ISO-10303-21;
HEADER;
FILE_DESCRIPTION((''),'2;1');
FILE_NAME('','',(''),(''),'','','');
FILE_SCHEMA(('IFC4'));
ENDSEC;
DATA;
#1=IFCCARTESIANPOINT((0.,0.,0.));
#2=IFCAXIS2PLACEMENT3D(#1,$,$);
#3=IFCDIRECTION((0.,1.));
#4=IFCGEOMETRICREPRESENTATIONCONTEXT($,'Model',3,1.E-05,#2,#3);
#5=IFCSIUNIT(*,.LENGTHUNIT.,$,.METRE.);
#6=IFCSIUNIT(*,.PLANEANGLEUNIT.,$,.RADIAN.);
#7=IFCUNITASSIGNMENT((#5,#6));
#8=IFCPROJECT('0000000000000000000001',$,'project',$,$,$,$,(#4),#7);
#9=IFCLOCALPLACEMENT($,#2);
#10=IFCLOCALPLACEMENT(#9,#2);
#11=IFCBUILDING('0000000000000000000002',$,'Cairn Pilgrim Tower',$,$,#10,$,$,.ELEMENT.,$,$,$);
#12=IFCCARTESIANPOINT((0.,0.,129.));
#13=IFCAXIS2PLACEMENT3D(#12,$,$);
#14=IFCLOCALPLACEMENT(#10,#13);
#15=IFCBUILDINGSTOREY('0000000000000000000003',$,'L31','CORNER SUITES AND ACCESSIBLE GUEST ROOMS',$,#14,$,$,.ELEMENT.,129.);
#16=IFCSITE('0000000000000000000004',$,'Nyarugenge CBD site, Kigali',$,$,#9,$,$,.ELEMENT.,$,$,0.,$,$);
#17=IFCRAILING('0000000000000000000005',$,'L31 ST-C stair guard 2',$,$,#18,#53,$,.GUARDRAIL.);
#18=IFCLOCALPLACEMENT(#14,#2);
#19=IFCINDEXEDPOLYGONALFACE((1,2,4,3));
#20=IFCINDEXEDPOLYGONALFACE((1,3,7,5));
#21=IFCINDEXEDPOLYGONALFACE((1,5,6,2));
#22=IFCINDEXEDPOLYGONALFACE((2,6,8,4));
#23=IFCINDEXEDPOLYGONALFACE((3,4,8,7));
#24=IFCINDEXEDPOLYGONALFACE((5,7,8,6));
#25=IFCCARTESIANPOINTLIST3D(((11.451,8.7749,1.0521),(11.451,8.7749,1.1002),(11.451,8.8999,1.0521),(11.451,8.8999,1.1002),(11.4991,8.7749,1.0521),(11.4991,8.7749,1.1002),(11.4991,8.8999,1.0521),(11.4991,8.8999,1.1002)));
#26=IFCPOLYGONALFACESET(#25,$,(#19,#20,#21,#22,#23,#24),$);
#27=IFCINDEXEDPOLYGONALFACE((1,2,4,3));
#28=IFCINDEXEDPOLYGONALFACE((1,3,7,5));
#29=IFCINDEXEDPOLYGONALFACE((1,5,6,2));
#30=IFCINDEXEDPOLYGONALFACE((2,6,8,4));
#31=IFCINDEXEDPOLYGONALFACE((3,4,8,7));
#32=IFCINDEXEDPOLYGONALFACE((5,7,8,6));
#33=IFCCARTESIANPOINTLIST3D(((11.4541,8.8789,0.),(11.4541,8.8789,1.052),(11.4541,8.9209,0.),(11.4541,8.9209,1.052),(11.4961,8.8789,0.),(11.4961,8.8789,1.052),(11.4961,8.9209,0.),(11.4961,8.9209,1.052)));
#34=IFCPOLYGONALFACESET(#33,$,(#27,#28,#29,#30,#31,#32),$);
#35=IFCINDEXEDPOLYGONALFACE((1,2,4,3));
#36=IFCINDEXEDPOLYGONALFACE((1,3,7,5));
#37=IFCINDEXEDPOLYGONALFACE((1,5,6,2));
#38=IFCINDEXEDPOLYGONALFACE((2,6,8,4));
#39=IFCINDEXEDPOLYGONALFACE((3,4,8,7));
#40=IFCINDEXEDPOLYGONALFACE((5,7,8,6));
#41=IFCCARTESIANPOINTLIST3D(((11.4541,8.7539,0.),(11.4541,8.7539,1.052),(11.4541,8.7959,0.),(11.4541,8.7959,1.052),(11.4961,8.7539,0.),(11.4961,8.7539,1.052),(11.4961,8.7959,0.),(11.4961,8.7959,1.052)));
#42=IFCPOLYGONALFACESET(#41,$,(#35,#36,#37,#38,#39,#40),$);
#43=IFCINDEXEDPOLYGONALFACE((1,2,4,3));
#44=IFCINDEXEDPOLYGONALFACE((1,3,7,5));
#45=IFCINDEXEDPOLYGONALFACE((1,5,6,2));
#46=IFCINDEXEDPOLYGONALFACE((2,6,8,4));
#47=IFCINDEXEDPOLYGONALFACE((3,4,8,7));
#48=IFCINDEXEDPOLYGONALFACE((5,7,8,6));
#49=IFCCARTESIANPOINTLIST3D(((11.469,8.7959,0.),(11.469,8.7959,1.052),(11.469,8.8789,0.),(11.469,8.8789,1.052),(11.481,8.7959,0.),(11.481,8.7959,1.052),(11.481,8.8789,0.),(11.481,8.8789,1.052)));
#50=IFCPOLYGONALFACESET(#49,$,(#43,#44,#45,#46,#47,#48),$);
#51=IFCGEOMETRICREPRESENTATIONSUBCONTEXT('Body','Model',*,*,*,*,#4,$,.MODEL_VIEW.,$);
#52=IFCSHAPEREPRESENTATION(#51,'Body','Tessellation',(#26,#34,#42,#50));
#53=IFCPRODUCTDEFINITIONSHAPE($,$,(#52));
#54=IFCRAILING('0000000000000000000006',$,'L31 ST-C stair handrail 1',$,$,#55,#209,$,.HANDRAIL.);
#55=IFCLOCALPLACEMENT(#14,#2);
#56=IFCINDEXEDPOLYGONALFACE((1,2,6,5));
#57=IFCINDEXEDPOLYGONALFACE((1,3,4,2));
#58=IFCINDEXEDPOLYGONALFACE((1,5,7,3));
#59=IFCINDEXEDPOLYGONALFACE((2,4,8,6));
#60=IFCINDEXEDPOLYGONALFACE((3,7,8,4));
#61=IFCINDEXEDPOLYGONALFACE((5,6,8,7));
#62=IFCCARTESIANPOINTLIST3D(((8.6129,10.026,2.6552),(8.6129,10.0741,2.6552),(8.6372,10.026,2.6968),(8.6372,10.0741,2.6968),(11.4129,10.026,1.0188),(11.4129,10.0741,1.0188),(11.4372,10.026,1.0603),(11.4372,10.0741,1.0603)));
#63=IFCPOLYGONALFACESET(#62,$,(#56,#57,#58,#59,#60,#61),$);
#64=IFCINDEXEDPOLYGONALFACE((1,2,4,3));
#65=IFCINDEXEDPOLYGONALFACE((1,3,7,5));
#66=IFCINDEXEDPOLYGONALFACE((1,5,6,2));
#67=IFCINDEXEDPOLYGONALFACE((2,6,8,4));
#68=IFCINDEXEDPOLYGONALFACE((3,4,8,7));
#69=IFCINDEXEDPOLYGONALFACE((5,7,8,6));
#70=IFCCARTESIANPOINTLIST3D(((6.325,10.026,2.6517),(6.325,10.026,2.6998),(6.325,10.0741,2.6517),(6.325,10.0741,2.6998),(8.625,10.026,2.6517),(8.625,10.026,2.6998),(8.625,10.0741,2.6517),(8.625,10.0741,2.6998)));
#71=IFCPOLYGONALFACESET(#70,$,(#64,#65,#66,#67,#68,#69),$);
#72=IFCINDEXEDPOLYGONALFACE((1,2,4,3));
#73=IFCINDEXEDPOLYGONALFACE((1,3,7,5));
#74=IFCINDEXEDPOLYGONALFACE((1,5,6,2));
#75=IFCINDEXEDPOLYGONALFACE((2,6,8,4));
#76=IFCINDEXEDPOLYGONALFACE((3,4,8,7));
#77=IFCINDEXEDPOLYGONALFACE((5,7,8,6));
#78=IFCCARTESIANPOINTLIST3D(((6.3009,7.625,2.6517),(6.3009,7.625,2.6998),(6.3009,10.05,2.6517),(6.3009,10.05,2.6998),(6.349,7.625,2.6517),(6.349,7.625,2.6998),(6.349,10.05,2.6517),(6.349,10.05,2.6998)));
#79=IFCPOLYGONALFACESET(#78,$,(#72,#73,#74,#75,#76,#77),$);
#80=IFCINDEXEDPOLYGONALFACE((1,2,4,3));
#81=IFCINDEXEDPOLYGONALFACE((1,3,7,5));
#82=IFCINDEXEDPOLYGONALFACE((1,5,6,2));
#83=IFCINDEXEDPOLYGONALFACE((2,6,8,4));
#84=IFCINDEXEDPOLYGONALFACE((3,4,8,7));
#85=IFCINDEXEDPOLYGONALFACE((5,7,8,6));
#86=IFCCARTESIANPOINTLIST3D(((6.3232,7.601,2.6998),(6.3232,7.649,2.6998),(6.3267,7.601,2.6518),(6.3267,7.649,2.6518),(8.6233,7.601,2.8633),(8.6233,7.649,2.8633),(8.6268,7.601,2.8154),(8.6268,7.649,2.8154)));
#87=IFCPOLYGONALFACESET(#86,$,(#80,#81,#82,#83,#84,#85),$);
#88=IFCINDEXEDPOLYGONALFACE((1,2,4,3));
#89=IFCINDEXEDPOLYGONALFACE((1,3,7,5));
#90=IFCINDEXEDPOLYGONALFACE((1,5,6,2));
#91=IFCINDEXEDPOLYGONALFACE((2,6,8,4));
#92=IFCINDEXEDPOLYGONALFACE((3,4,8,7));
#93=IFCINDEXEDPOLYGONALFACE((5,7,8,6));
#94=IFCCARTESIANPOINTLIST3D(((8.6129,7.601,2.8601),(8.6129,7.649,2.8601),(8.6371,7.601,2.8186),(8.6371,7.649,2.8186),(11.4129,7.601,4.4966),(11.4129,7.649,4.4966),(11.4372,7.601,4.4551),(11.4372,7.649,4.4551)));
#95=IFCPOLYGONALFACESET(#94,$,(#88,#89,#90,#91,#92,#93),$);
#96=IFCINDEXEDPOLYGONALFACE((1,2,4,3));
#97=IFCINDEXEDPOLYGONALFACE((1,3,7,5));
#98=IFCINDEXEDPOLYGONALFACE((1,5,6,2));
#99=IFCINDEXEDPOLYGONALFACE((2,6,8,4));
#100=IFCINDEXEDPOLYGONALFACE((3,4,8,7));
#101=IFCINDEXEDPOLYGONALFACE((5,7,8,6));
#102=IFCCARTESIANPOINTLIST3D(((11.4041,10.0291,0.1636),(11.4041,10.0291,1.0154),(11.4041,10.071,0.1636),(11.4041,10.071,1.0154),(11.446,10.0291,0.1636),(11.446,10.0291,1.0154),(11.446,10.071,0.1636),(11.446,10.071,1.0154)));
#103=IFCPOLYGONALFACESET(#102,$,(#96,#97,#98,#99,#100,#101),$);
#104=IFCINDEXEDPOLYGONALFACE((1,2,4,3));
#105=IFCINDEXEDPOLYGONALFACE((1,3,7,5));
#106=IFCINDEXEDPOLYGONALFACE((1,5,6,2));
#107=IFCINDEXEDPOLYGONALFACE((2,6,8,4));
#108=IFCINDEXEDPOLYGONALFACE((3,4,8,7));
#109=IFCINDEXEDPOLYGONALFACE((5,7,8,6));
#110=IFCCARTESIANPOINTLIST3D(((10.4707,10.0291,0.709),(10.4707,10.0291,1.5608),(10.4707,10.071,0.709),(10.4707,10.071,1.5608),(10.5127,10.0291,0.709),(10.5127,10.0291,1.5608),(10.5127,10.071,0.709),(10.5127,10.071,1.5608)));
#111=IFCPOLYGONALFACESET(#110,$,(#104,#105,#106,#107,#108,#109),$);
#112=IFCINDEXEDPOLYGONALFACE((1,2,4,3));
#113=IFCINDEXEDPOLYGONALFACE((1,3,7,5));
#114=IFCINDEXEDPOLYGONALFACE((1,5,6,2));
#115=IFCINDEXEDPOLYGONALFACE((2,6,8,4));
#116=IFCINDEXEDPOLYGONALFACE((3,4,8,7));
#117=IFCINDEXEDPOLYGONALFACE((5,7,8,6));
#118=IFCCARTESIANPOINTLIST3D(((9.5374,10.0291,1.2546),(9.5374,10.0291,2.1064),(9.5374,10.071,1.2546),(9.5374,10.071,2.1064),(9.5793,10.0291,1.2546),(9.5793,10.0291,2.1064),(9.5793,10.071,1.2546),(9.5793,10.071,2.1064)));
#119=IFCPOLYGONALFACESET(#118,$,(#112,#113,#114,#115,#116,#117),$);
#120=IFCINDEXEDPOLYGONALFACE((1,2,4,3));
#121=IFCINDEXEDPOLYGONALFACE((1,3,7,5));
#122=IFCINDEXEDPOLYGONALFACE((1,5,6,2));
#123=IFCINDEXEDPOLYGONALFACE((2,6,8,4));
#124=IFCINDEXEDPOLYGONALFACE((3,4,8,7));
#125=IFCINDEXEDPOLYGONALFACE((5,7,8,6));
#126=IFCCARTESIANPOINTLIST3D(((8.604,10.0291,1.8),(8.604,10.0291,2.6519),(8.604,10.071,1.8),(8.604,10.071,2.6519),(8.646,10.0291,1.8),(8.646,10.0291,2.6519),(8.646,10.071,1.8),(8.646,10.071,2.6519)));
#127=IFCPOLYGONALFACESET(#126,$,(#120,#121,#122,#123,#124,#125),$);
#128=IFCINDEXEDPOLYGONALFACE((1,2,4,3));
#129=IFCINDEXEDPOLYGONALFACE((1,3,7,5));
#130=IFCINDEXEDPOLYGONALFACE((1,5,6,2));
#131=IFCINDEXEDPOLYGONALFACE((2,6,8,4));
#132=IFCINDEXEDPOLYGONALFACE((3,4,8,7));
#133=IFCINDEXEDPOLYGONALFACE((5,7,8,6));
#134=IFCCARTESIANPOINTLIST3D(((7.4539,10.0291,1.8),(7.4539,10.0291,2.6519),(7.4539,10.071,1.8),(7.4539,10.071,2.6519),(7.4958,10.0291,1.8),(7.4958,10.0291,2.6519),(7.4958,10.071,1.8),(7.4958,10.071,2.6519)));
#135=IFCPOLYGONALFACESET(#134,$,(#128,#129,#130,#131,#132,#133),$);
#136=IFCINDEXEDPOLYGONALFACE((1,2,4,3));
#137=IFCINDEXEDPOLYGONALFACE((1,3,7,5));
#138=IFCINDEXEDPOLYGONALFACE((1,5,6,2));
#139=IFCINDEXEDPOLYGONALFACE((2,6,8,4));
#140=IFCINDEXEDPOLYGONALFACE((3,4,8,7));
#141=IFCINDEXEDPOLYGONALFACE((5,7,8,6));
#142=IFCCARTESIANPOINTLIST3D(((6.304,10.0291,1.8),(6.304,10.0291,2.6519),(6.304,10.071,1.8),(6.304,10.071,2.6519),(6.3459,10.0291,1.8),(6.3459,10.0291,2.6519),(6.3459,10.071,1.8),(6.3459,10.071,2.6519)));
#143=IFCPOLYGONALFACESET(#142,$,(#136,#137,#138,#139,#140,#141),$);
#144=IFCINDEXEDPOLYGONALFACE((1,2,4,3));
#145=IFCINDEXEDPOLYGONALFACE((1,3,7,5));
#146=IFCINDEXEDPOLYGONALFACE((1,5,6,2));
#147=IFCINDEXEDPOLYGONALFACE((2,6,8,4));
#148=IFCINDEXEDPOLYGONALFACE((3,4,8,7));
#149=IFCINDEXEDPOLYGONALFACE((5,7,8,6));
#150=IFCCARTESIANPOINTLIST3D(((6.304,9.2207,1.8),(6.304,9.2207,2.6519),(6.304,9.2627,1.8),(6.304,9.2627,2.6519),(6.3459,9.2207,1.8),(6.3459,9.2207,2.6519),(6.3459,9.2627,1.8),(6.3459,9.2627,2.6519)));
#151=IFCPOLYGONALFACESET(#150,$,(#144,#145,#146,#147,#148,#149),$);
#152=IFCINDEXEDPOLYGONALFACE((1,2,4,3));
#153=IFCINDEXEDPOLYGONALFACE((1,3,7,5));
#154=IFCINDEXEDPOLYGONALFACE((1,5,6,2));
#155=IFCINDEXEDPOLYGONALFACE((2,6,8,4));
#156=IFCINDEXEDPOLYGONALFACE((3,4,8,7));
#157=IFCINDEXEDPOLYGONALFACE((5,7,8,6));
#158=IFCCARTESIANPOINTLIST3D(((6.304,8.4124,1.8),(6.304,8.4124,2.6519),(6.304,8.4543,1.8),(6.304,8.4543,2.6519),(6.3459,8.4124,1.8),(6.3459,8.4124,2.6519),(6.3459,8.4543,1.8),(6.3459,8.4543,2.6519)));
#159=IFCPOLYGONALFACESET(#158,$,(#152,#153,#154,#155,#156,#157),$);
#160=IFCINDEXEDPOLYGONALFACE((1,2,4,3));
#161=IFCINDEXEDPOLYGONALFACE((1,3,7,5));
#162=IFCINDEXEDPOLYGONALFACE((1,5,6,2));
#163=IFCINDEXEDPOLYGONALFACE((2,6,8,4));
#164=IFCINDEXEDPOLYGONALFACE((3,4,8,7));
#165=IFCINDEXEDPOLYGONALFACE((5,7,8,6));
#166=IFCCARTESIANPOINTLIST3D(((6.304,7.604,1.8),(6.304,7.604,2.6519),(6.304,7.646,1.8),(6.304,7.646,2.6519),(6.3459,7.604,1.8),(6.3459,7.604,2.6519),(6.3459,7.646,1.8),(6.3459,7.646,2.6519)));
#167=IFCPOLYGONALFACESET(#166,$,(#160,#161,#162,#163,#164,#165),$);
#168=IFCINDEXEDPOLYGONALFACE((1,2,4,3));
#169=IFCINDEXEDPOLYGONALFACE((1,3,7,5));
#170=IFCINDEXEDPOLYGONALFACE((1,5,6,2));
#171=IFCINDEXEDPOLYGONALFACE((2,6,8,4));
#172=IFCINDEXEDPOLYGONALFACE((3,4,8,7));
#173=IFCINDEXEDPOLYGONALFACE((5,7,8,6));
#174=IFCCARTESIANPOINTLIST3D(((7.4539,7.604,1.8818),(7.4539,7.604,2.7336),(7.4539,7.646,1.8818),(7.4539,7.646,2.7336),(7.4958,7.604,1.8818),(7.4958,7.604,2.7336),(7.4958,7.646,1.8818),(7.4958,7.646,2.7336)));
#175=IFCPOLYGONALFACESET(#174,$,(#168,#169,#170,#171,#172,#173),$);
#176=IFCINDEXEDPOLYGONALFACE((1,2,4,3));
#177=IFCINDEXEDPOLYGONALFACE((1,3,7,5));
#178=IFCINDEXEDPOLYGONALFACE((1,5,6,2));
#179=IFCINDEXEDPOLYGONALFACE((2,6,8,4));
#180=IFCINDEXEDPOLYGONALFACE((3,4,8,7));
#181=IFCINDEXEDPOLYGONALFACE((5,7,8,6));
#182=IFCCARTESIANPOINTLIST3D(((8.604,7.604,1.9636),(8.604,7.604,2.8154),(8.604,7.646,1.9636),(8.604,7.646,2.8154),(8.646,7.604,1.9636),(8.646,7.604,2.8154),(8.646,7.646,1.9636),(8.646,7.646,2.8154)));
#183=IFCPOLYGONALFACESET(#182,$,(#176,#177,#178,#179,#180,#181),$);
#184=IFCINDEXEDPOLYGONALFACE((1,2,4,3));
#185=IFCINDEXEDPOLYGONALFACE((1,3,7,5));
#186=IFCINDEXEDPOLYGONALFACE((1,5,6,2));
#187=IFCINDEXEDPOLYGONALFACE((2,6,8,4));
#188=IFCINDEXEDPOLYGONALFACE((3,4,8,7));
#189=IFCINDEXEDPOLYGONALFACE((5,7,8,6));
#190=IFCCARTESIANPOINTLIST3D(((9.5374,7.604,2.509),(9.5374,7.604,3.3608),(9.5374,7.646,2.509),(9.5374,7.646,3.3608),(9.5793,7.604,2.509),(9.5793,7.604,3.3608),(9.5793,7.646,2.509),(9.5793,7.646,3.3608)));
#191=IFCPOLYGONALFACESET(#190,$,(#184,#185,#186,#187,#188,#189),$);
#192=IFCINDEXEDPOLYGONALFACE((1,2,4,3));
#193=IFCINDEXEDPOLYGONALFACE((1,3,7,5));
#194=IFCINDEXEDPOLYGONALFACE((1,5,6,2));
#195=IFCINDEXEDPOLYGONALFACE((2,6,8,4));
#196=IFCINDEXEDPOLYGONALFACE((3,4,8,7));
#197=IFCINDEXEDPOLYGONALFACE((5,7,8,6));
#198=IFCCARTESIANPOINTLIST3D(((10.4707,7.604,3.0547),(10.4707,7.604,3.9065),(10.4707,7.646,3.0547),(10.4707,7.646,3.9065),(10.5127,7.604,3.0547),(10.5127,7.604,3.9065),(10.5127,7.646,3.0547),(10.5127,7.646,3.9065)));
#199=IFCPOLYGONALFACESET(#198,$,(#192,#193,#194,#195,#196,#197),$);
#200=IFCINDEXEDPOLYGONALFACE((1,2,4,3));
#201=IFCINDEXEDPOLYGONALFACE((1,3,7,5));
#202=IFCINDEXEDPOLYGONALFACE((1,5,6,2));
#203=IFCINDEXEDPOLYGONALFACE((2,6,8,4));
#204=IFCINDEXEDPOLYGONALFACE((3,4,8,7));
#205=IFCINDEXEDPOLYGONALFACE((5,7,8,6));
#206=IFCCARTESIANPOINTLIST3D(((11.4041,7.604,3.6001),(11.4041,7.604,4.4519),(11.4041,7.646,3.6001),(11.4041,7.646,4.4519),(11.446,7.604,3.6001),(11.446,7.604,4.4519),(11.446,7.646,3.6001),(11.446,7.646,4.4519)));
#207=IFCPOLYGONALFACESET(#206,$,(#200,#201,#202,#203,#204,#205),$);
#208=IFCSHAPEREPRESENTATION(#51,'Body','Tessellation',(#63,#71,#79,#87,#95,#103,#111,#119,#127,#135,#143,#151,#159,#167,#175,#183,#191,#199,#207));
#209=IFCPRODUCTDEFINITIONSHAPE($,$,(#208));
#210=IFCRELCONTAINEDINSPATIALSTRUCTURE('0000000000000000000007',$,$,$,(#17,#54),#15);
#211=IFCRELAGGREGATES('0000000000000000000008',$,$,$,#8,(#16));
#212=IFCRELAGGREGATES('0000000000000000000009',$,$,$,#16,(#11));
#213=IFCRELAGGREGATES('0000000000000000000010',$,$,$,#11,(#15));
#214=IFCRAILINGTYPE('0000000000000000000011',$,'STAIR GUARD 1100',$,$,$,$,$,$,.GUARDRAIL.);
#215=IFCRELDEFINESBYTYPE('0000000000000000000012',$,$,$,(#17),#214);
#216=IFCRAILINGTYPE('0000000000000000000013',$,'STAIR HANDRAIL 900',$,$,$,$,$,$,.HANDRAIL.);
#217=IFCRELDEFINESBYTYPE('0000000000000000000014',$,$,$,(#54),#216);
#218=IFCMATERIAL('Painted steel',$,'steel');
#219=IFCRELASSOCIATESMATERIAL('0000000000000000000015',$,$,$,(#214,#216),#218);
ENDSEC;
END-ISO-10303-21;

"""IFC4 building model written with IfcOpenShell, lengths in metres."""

from ifc_helpers import new_model, si_unit, direction, frame, origin, origin_2d, place, context, subcontext, project, spatial, polyline, rectangle, outline, extrude, material, type_object, element, save


model = new_model("IFC4")

# Units and contexts
model_context = context("Model", 3, precision=1e-05, world=origin(), true_north=direction((0.0, 1.0)))
body_context = subcontext(model_context, "Body", "Model", "MODEL_VIEW")
ifc_project = project(units=[si_unit("LENGTHUNIT", "METRE"), si_unit("PLANEANGLEUNIT", "RADIAN")], contexts=[model_context])

# Site, building, storey
site_placement = place(None, origin())
site = spatial("IfcSite", under=ifc_project, at=site_placement, Name="Nyarugenge CBD site, Kigali", CompositionType="ELEMENT", RefElevation=0.0)
building_placement = place(site_placement, origin())
building = spatial("IfcBuilding", under=site, at=building_placement, Name="Cairn Pilgrim Tower", CompositionType="ELEMENT")
storey_placement = place(building_placement, frame((0.0, 0.0, 129.0)))
storey = spatial("IfcBuildingStorey", under=building, at=storey_placement, Name="L31", Description="CORNER SUITES AND ACCESSIBLE GUEST ROOMS", CompositionType="ELEMENT", Elevation=129.0)

# Shared definitions
ifc_material_1 = material(Name="Painted steel", Category="steel")

# Railings
railing_type_1 = type_object("IfcRailingType", Name="STAIR GUARD 1100", PredefinedType="GUARDRAIL", material=ifc_material_1)
railing_1_placement = place(storey_placement, frame((11.4751, 8.8999, 0.0)))
element("IfcRailing", 1, at=railing_1_placement, inside=storey, type_object=railing_type_1, Name="L31 ST-C stair guard 2", PredefinedType="GUARDRAIL", context=body_context, shape_type="SweptSolid", body=[
    extrude(rectangle(XDim=0.0481, YDim=0.0481, at=origin_2d()), frame((0.0, 0.0, 1.0762), z_axis=(0.0, -1.0, 0.0), x_axis=(1.0, 0.0, 0.0)), (0.0, 0.0, 1.0), 0.125),
    extrude(rectangle(XDim=0.042, YDim=0.042, at=origin_2d()), origin(), (0.0, 0.0, 1.0), 1.052),
    extrude(rectangle(XDim=0.042, YDim=0.042, at=origin_2d()), frame((0.0, -0.125, 0.0)), (0.0, 0.0, 1.0), 1.052),
    extrude(outline(polyline([(0.021, 0.0), (0.104, 0.0), (0.104, 1.052), (0.021, 1.052), (0.021, 0.0)])), frame((0.0059, 0.0, 0.0), z_axis=(-1.0, 0.0, 0.0), x_axis=(0.0, -1.0, 0.0)), (0.0, 0.0, 1.0), 0.012),
])
railing_type_2 = type_object("IfcRailingType", Name="STAIR HANDRAIL 900", PredefinedType="HANDRAIL", material=ifc_material_1)
railing_2_placement = place(storey_placement, frame((11.425, 10.05, 0.1636)))
element("IfcRailing", 2, at=railing_2_placement, inside=storey, type_object=railing_type_2, Name="L31 ST-C stair handrail 1", PredefinedType="HANDRAIL", context=body_context, shape_type="SweptSolid", body=[
    extrude(rectangle(XDim=0.0481, YDim=0.0481, at=origin_2d()), frame((0.0, 0.0, 0.876), z_axis=(-0.863361, 0.0, 0.504587), x_axis=(0.0, -1.0, 0.0)), (0.0, 0.0, 1.0), 3.2432),
    extrude(rectangle(XDim=0.0481, YDim=0.0481, at=origin_2d()), frame((-2.8, 0.0, 2.5122), z_axis=(-1.0, 0.0, 0.0), x_axis=(0.0, -1.0, 0.0)), (0.0, 0.0, 1.0), 2.3),
    extrude(rectangle(XDim=0.0481, YDim=0.0481, at=origin_2d()), frame((-5.1001, 0.0, 2.5122), z_axis=(0.0, -1.0, 0.0), x_axis=(1.0, 0.0, 0.0)), (0.0, 0.0, 1.0), 2.425),
    extrude(rectangle(XDim=0.0481, YDim=0.0481, at=origin_2d()), frame((-5.1001, -2.425, 2.5122), z_axis=(0.997481, 0.0, 0.070939), x_axis=(0.0, 1.0, 0.0)), (0.0, 0.0, 1.0), 2.3059),
    extrude(rectangle(XDim=0.0481, YDim=0.0481, at=origin_2d()), frame((-2.8, -2.425, 2.6758), z_axis=(0.863361, 0.0, 0.504587), x_axis=(0.0, 1.0, 0.0)), (0.0, 0.0, 1.0), 3.2432),
    extrude(rectangle(XDim=0.042, YDim=0.042, at=origin_2d()), origin(), (0.0, 0.0, 1.0), 0.8518),
    extrude(rectangle(XDim=0.042, YDim=0.042, at=origin_2d()), frame((-0.9333, 0.0, 0.5454)), (0.0, 0.0, 1.0), 0.8518),
    extrude(rectangle(XDim=0.042, YDim=0.042, at=origin_2d()), frame((-1.8667, 0.0, 1.0911)), (0.0, 0.0, 1.0), 0.8518),
    extrude(rectangle(XDim=0.042, YDim=0.042, at=origin_2d()), frame((-2.8, 0.0, 1.6365)), (0.0, 0.0, 1.0), 0.8518),
    extrude(rectangle(XDim=0.042, YDim=0.042, at=origin_2d()), frame((-3.9502, 0.0, 1.6365)), (0.0, 0.0, 1.0), 0.8518),
    extrude(rectangle(XDim=0.042, YDim=0.042, at=origin_2d()), frame((-5.1001, 0.0, 1.6365)), (0.0, 0.0, 1.0), 0.8518),
    extrude(rectangle(XDim=0.042, YDim=0.042, at=origin_2d()), frame((-5.1001, -0.8083, 1.6365)), (0.0, 0.0, 1.0), 0.8518),
    extrude(rectangle(XDim=0.042, YDim=0.042, at=origin_2d()), frame((-5.1001, -1.6167, 1.6365)), (0.0, 0.0, 1.0), 0.8518),
    extrude(rectangle(XDim=0.042, YDim=0.042, at=origin_2d()), frame((-5.1001, -2.425, 1.6365)), (0.0, 0.0, 1.0), 0.8518),
    extrude(rectangle(XDim=0.042, YDim=0.042, at=origin_2d()), frame((-3.9502, -2.425, 1.7183)), (0.0, 0.0, 1.0), 0.8518),
    extrude(rectangle(XDim=0.042, YDim=0.042, at=origin_2d()), frame((-2.8, -2.425, 1.8)), (0.0, 0.0, 1.0), 0.8518),
    extrude(rectangle(XDim=0.042, YDim=0.042, at=origin_2d()), frame((-1.8667, -2.425, 2.3455)), (0.0, 0.0, 1.0), 0.8518),
    extrude(rectangle(XDim=0.042, YDim=0.042, at=origin_2d()), frame((-0.9333, -2.425, 2.8911)), (0.0, 0.0, 1.0), 0.8518),
    extrude(rectangle(XDim=0.042, YDim=0.042, at=origin_2d()), frame((0.0, -2.425, 3.4365)), (0.0, 0.0, 1.0), 0.8518),
])

save(model, "model.ifc")
